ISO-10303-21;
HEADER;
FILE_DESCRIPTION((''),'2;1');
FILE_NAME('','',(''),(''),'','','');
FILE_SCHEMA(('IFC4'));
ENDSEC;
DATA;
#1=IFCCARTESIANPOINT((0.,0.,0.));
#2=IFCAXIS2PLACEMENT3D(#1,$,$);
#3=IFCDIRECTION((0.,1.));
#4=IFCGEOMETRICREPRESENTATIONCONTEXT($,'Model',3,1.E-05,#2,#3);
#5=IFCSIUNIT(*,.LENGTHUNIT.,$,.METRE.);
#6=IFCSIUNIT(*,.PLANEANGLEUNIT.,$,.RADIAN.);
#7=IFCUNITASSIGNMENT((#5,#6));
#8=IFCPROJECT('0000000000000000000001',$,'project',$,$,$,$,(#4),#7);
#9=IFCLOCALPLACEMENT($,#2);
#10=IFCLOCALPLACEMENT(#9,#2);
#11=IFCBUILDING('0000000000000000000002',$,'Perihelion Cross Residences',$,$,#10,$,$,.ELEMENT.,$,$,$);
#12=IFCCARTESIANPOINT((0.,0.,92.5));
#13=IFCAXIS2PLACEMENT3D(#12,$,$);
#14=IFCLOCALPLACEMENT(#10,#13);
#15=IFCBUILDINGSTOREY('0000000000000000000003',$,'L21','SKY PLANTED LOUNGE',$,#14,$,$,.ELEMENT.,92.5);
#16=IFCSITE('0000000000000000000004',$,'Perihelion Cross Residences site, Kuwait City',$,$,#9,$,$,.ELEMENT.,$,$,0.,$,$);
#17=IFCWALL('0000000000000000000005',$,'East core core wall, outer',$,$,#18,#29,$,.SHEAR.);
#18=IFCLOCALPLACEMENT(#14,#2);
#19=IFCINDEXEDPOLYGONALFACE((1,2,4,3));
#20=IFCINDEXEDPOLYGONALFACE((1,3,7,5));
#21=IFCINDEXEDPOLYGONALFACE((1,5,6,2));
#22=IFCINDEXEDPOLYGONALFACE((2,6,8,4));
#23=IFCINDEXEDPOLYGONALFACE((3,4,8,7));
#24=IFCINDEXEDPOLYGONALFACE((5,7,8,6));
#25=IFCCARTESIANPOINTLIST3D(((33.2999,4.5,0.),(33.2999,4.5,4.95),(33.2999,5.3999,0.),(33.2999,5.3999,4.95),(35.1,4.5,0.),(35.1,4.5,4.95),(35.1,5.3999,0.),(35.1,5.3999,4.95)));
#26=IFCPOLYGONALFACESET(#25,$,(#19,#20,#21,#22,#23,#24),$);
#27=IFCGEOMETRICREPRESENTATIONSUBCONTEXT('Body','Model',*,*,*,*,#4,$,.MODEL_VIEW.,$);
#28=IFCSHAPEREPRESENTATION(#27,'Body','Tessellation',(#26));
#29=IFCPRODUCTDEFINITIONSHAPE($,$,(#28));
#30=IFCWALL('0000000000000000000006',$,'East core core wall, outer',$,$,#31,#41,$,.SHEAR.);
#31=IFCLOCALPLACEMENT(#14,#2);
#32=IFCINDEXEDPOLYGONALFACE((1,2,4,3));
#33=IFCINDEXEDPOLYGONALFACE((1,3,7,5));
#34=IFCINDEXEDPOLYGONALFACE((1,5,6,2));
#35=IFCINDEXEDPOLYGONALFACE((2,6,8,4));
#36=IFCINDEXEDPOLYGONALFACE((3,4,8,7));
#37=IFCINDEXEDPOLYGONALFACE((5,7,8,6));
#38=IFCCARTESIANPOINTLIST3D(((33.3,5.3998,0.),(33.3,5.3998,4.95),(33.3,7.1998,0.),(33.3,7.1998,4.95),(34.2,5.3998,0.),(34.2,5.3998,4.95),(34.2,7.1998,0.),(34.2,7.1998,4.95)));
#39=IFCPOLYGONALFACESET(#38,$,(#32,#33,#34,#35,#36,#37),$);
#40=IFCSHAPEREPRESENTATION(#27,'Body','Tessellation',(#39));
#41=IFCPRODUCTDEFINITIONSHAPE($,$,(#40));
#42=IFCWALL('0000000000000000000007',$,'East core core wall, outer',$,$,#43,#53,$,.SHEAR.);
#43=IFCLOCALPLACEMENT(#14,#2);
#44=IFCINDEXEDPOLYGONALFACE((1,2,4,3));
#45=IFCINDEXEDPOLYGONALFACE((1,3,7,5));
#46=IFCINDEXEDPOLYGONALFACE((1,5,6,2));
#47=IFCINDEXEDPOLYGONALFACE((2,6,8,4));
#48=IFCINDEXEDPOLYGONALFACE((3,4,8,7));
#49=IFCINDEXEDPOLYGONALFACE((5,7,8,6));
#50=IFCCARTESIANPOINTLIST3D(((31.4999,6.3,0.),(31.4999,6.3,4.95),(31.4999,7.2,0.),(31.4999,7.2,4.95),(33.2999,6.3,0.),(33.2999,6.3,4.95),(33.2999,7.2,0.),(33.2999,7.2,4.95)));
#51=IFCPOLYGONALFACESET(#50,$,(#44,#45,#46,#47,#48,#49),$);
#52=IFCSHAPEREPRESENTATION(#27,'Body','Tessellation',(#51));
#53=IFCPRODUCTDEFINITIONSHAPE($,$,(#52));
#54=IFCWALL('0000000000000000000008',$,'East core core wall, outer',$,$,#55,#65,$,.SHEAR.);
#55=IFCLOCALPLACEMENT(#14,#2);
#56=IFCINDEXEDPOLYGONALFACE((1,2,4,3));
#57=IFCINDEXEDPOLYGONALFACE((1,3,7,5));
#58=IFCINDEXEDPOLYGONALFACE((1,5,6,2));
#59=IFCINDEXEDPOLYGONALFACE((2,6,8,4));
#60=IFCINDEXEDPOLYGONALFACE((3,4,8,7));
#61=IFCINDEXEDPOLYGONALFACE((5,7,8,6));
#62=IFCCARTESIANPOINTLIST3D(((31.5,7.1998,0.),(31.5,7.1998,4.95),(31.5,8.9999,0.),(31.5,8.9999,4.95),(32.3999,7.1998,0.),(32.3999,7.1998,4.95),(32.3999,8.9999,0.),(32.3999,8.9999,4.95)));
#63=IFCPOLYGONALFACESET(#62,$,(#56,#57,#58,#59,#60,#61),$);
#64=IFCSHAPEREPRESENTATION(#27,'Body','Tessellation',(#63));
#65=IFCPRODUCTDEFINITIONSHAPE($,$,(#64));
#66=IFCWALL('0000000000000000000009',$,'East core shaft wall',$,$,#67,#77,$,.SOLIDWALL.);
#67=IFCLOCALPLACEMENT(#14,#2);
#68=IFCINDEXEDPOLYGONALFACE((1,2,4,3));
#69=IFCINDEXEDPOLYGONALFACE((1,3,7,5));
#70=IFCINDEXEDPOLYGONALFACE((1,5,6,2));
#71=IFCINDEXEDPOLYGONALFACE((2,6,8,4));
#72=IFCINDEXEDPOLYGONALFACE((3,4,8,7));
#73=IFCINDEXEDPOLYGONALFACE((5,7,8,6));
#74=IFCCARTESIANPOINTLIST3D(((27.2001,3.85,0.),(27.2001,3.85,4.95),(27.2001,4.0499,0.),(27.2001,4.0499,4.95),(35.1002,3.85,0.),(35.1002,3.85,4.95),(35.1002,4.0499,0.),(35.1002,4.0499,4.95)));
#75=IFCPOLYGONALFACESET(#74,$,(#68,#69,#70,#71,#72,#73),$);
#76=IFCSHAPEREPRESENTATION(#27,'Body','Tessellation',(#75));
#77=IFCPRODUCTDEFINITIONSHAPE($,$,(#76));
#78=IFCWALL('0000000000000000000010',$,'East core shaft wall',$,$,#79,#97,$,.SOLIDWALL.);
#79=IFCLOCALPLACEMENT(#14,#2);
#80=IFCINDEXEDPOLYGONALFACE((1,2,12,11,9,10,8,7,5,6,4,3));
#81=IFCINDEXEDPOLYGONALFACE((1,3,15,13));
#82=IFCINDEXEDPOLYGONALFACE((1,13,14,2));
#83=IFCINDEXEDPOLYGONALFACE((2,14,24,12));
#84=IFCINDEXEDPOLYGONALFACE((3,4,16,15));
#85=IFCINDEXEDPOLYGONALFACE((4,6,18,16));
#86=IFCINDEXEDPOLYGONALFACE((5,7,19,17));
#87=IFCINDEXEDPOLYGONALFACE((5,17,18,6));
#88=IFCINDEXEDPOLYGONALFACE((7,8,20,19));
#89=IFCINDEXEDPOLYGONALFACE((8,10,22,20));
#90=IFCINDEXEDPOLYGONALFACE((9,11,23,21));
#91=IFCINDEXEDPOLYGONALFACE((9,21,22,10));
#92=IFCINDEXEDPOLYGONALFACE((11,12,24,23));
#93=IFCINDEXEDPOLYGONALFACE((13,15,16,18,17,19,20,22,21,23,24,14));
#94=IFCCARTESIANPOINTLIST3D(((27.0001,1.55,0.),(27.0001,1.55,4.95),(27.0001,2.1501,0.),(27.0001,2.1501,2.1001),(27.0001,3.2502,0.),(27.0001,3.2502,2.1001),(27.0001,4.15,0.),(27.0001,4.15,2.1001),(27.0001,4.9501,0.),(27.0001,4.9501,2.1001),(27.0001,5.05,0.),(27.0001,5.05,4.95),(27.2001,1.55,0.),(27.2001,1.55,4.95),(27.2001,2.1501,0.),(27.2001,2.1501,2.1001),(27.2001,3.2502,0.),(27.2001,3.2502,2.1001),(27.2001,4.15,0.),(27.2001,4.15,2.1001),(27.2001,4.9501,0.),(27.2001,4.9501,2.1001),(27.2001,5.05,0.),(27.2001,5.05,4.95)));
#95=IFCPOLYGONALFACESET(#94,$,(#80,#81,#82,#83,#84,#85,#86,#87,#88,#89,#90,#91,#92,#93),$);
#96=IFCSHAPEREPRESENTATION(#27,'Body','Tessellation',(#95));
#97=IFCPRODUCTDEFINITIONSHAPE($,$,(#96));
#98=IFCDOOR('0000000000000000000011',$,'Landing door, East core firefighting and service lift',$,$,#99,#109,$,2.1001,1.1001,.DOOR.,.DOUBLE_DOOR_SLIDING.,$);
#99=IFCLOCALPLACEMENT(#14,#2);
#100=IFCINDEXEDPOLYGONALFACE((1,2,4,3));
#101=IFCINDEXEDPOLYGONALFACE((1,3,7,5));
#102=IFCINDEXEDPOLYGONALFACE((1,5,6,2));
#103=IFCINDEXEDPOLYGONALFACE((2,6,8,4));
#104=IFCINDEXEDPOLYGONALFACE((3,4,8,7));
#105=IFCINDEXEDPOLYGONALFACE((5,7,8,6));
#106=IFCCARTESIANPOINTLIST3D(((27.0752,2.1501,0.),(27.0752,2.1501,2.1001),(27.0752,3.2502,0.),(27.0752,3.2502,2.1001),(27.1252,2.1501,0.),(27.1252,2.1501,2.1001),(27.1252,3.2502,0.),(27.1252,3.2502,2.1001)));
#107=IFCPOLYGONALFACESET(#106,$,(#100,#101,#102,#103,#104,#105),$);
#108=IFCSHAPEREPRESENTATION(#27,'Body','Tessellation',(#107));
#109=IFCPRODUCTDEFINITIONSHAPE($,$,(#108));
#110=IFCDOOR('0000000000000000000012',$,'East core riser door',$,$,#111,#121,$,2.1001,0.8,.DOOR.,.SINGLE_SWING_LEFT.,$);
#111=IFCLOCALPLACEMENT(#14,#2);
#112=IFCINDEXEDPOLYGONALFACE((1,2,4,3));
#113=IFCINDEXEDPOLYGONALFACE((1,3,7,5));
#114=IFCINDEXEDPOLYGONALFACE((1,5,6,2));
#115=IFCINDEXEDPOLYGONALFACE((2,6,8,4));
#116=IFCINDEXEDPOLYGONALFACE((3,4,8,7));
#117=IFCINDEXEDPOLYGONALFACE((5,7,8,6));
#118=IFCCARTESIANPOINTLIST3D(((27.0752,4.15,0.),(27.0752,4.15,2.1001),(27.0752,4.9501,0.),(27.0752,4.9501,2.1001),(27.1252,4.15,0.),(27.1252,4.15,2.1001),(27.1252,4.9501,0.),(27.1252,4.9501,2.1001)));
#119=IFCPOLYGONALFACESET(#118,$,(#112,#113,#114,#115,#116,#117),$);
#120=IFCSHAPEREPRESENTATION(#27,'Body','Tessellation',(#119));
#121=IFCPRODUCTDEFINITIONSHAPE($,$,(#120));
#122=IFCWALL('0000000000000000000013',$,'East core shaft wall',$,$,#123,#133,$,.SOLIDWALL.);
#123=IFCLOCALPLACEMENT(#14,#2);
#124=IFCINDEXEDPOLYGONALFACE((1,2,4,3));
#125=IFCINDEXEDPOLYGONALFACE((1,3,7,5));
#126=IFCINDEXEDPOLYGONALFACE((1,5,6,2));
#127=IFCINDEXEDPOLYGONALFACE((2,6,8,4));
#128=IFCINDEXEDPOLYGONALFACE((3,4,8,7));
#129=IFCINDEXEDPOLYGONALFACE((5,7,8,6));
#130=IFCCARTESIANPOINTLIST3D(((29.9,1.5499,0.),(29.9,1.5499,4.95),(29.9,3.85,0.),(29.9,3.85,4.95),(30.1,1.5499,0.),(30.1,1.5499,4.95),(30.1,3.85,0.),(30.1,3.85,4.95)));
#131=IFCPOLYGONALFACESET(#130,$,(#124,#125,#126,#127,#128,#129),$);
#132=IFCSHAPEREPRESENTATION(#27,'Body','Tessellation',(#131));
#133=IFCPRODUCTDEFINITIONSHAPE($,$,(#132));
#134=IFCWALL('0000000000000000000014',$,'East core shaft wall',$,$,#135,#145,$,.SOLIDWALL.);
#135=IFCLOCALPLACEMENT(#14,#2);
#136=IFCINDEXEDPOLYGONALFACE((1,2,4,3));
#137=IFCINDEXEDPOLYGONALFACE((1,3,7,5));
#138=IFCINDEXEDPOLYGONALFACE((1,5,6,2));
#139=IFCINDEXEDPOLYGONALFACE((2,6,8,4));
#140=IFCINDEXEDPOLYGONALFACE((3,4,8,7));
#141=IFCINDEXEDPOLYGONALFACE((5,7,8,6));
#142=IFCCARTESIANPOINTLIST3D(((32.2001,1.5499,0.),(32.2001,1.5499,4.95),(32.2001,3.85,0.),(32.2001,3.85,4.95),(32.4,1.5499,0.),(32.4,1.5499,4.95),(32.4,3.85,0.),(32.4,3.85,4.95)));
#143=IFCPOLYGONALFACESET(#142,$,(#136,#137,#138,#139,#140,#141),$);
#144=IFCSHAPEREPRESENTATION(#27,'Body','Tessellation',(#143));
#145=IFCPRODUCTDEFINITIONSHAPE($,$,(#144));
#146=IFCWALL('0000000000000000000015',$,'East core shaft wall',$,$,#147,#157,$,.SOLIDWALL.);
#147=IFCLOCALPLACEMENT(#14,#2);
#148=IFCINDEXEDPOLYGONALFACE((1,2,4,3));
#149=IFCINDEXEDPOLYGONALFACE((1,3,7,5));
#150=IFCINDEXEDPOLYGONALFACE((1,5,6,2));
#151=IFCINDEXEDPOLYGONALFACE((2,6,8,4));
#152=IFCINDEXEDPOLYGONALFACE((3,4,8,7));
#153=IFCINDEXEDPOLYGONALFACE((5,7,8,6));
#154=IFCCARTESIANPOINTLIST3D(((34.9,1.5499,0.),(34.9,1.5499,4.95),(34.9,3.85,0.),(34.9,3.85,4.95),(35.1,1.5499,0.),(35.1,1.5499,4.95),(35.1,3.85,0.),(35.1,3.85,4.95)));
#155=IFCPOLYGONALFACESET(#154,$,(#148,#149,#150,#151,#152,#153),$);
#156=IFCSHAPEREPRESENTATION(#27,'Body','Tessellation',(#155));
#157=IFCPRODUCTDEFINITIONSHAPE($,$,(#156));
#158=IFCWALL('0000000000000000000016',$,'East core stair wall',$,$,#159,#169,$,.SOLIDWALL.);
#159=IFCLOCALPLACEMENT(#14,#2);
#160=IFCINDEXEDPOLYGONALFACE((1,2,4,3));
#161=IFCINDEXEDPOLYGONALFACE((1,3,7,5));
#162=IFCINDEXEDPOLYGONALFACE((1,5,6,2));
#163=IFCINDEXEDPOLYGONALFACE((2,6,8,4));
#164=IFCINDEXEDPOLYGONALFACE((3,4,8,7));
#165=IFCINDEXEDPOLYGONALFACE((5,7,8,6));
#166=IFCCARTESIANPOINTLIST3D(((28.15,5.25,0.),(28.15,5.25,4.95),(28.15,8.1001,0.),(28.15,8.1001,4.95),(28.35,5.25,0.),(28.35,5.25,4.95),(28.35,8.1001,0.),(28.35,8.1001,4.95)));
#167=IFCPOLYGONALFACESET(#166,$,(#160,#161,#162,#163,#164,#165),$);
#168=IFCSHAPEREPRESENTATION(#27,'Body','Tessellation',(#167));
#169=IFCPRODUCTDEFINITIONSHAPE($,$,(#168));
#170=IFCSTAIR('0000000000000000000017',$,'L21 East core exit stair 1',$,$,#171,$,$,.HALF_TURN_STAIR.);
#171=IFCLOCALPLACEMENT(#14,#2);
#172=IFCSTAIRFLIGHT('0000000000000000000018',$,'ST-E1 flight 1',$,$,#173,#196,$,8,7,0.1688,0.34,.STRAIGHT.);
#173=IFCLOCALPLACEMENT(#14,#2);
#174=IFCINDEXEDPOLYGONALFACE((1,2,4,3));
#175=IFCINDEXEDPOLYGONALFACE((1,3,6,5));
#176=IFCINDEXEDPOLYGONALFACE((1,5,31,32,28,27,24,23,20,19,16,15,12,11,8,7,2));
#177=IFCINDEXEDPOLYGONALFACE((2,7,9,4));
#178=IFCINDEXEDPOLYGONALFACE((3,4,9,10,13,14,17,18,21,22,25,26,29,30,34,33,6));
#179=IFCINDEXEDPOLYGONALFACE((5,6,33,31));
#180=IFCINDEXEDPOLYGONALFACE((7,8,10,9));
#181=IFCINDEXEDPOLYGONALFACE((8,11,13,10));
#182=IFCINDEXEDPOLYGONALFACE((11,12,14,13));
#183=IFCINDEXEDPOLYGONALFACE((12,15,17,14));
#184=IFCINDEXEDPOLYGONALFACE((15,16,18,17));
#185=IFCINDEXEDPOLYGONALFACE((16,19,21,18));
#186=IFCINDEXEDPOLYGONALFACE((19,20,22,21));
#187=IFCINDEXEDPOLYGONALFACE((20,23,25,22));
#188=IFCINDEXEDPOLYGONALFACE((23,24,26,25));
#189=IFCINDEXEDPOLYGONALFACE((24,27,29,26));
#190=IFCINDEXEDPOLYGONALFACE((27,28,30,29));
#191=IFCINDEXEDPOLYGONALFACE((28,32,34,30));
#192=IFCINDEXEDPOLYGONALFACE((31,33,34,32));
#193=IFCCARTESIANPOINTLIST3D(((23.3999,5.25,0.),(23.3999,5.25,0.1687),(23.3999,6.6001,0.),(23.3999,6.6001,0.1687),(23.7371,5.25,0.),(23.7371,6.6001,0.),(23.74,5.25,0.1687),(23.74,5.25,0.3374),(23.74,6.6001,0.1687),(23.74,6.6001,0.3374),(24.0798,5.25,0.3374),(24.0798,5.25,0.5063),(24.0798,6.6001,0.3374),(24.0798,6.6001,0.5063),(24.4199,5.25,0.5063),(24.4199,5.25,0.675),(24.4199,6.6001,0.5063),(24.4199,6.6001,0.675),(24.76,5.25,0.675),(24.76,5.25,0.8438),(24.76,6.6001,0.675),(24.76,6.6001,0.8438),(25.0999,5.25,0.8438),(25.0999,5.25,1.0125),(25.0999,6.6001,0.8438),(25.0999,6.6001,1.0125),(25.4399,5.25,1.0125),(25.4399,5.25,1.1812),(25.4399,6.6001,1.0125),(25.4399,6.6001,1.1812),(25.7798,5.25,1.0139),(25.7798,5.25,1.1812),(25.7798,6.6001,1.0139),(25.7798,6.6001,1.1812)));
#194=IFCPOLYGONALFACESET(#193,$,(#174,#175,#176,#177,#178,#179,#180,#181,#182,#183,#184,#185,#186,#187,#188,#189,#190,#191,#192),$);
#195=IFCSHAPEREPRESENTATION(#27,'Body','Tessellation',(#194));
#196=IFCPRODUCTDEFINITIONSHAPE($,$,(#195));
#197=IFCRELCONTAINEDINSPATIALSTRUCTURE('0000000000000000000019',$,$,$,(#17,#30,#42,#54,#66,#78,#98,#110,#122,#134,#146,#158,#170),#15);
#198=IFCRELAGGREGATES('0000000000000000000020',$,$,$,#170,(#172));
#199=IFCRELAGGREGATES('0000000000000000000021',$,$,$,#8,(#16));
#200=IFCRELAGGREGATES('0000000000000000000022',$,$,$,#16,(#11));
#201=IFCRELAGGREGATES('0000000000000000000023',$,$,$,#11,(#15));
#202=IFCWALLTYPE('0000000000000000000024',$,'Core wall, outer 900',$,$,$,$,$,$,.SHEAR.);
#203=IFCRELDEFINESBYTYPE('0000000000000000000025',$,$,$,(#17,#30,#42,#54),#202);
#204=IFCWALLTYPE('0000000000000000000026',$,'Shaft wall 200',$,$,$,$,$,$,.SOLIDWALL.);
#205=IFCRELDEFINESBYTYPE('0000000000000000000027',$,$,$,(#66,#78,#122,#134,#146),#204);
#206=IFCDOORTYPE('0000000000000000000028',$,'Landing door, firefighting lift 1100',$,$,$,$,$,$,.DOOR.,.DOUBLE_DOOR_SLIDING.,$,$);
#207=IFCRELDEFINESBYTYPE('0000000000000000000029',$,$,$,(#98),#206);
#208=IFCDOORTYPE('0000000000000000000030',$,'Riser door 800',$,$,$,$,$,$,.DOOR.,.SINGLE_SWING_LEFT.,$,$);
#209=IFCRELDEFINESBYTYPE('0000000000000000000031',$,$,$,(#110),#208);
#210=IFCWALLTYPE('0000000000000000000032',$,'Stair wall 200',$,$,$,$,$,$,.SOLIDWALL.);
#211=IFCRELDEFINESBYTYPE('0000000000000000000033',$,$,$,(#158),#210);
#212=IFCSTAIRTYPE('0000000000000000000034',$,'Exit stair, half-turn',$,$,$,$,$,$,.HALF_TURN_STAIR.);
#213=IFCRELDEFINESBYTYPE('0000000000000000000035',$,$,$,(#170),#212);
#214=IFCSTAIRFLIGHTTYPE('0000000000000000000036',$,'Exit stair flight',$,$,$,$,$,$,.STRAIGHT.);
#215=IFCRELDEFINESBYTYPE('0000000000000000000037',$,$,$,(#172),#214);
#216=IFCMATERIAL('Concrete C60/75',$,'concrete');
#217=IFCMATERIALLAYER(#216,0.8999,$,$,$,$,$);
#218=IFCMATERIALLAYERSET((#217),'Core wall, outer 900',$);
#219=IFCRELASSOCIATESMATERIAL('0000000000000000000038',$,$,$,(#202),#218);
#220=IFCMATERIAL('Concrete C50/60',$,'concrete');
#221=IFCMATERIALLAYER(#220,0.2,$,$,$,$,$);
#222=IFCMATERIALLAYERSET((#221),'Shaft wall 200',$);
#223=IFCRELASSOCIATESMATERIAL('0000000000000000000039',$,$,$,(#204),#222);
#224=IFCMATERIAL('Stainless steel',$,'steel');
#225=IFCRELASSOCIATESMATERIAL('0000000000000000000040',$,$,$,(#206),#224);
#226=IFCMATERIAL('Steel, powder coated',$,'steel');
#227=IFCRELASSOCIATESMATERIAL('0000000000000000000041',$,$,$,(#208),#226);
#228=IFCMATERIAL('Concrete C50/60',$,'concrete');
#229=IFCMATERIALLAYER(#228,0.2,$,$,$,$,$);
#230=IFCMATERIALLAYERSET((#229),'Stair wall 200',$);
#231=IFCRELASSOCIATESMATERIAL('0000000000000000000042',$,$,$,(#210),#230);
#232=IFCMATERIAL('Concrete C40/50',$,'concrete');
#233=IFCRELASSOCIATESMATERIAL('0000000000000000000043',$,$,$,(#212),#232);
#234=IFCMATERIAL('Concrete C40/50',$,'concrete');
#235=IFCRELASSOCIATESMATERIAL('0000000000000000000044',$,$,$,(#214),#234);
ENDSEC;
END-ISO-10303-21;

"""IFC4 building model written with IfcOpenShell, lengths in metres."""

from ifc_helpers import new_model, si_unit, direction, frame, frame_2d, origin, place, context, subcontext, project, spatial, polyline, rectangle, outline, extrude, material, layer, layer_set, type_object, element, fill, aggregate, save


model = new_model("IFC4")

# Units and contexts
model_context = context("Model", 3, precision=1e-05, world=origin(), true_north=direction((0.0, 1.0)))
body_context = subcontext(model_context, "Body", "Model", "MODEL_VIEW")
ifc_project = project(units=[si_unit("LENGTHUNIT", "METRE"), si_unit("PLANEANGLEUNIT", "RADIAN")], contexts=[model_context])

# Site, building, storey
site_placement = place(None, origin())
site = spatial("IfcSite", under=ifc_project, at=site_placement, Name="Perihelion Cross Residences site, Kuwait City", CompositionType="ELEMENT", RefElevation=0.0)
building_placement = place(site_placement, origin())
building = spatial("IfcBuilding", under=site, at=building_placement, Name="Perihelion Cross Residences", CompositionType="ELEMENT")
storey_placement = place(building_placement, frame((0.0, 0.0, 92.5)))
storey = spatial("IfcBuildingStorey", under=building, at=storey_placement, Name="L21", Description="SKY PLANTED LOUNGE", CompositionType="ELEMENT", Elevation=92.5)

# Walls
ifc_material_1 = material(Name="Concrete C60/75", Category="concrete")
ifc_layer_1 = layer(ifc_material_1, 0.8999)
ifc_layer_set_1 = layer_set([ifc_layer_1], Name="Core wall, outer 900")
wall_type_1 = type_object("IfcWallType", Name="Core wall, outer 900", PredefinedType="SHEAR", material=ifc_layer_set_1)
for number, where, z_axis, x_axis, name in (
    (1, (33.3, 4.95, 0.0), (0.0, 0.0, 1.0), (1.0, 0.0, 0.0), "East core core wall, outer"),
    (2, (33.75, 5.3999, 0.0), (0.0, 0.0, 1.0), (0.0, 1.0, 0.0), "East core core wall, outer"),
    (3, (31.5, 6.75, 0.0), (0.0, 0.0, 1.0), (1.0, 0.0, 0.0), "East core core wall, outer"),
    (4, (31.95, 7.2, 0.0), (0.0, 0.0, 1.0), (0.0, 1.0, 0.0), "East core core wall, outer"),
):
    element("IfcWall", number, at=place(storey_placement, frame(where, z_axis=z_axis, x_axis=x_axis)), inside=storey, type_object=wall_type_1, Name=name, PredefinedType="SHEAR", context=body_context, shape_type="SweptSolid", body=[
        extrude(rectangle(XDim=1.8, YDim=0.8999, at=frame_2d((0.8999, 0.0))), origin(), (0.0, 0.0, 1.0), 4.95),
    ])
ifc_material_2 = material(Name="Concrete C50/60", Category="concrete")
ifc_layer_2 = layer(ifc_material_2, 0.2)
ifc_layer_set_2 = layer_set([ifc_layer_2], Name="Shaft wall 200")
wall_type_2 = type_object("IfcWallType", Name="Shaft wall 200", PredefinedType="SOLIDWALL", material=ifc_layer_set_2)
wall_1_placement = place(storey_placement, frame((27.2, 3.95, 0.0), z_axis=(0.0, 0.0, 1.0), x_axis=(1.0, 0.0, 0.0)))
element("IfcWall", 5, at=wall_1_placement, inside=storey, type_object=wall_type_2, Name="East core shaft wall", PredefinedType="SOLIDWALL", context=body_context, shape_type="SweptSolid", body=[
    extrude(rectangle(XDim=7.9001, YDim=0.2, at=frame_2d((3.9502, 0.0))), origin(), (0.0, 0.0, 1.0), 4.95),
])

# Wall, openings, doors
wall_2_placement = place(storey_placement, frame((27.1001, 1.55, 0.0), z_axis=(0.0, 0.0, 1.0), x_axis=(0.0, 1.0, 0.0)))
wall_2 = element("IfcWall", 6, at=wall_2_placement, inside=storey, type_object=wall_type_2, Name="East core shaft wall", PredefinedType="SOLIDWALL", context=body_context, shape_type="SweptSolid", body=[
    extrude(rectangle(XDim=3.5, YDim=0.2, at=frame_2d((1.75, 0.0))), origin(), (0.0, 0.0, 1.0), 4.95),
])
opening_1_placement = place(wall_2_placement, frame((0.6001, 0.0, 0.0)))
opening_1 = element("IfcOpeningElement", 7, at=opening_1_placement, cuts=wall_2, PredefinedType="OPENING", context=body_context, shape_type="SweptSolid", body=[
    extrude(rectangle(XDim=1.1001, YDim=2.1001, at=frame_2d((0.55, 1.05))), frame((0.0, 0.1099, 0.0), z_axis=(0.0, -1.0, 0.0), x_axis=(1.0, 0.0, 0.0)), (0.0, 0.0, 1.0), 0.22),
])
opening_2_placement = place(wall_2_placement, frame((2.6001, 0.0, 0.0)))
opening_2 = element("IfcOpeningElement", 8, at=opening_2_placement, cuts=wall_2, PredefinedType="OPENING", context=body_context, shape_type="SweptSolid", body=[
    extrude(rectangle(XDim=0.8, YDim=2.1001, at=frame_2d((0.3999, 1.05))), frame((0.0, 0.1099, 0.0), z_axis=(0.0, -1.0, 0.0), x_axis=(1.0, 0.0, 0.0)), (0.0, 0.0, 1.0), 0.22),
])
ifc_material_3 = material(Name="Stainless steel", Category="steel")
door_type_1 = type_object("IfcDoorType", Name="Landing door, firefighting lift 1100", OperationType="DOUBLE_DOOR_SLIDING", PredefinedType="DOOR", material=ifc_material_3)
door_1_placement = place(opening_1_placement, origin())
door_1 = element("IfcDoor", 9, at=door_1_placement, inside=storey, type_object=door_type_1, Name="Landing door, East core firefighting and service lift", OperationType="DOUBLE_DOOR_SLIDING", OverallHeight=2.1001, OverallWidth=1.1001, PredefinedType="DOOR", context=body_context, shape_type="SweptSolid", body=[
    extrude(rectangle(XDim=1.1001, YDim=2.1001, at=frame_2d((0.55, 1.05))), frame((0.0, 0.0249, 0.0), z_axis=(0.0, -1.0, 0.0), x_axis=(1.0, 0.0, 0.0)), (0.0, 0.0, 1.0), 0.05),
])
fill(opening_1, door_1)
ifc_material_4 = material(Name="Steel, powder coated", Category="steel")
door_type_2 = type_object("IfcDoorType", Name="Riser door 800", OperationType="SINGLE_SWING_LEFT", PredefinedType="DOOR", material=ifc_material_4)
door_2_placement = place(opening_2_placement, origin())
door_2 = element("IfcDoor", 10, at=door_2_placement, inside=storey, type_object=door_type_2, Name="East core riser door", OperationType="SINGLE_SWING_LEFT", OverallHeight=2.1001, OverallWidth=0.8, PredefinedType="DOOR", context=body_context, shape_type="SweptSolid", body=[
    extrude(rectangle(XDim=0.8, YDim=2.1001, at=frame_2d((0.3999, 1.05))), frame((0.0, 0.0249, 0.0), z_axis=(0.0, -1.0, 0.0), x_axis=(1.0, 0.0, 0.0)), (0.0, 0.0, 1.0), 0.05),
])
fill(opening_2, door_2)

# Walls
for number, where, z_axis, x_axis, name in (
    (11, (30.0, 1.55, 0.0), (0.0, 0.0, 1.0), (0.0, 1.0, 0.0), "East core shaft wall"),
    (12, (32.3, 1.55, 0.0), (0.0, 0.0, 1.0), (0.0, 1.0, 0.0), "East core shaft wall"),
    (13, (35.0, 1.55, 0.0), (0.0, 0.0, 1.0), (0.0, 1.0, 0.0), "East core shaft wall"),
):
    element("IfcWall", number, at=place(storey_placement, frame(where, z_axis=z_axis, x_axis=x_axis)), inside=storey, type_object=wall_type_2, Name=name, PredefinedType="SOLIDWALL", context=body_context, shape_type="SweptSolid", body=[
        extrude(rectangle(XDim=2.3, YDim=0.2, at=frame_2d((1.1499, 0.0))), origin(), (0.0, 0.0, 1.0), 4.95),
    ])
ifc_material_5 = material(Name="Concrete C50/60", Category="concrete")
ifc_layer_3 = layer(ifc_material_5, 0.2)
ifc_layer_set_3 = layer_set([ifc_layer_3], Name="Stair wall 200")
wall_type_3 = type_object("IfcWallType", Name="Stair wall 200", PredefinedType="SOLIDWALL", material=ifc_layer_set_3)
wall_3_placement = place(storey_placement, frame((28.25, 5.25, 0.0), z_axis=(0.0, 0.0, 1.0), x_axis=(0.0, 1.0, 0.0)))
element("IfcWall", 14, at=wall_3_placement, inside=storey, type_object=wall_type_3, Name="East core stair wall", PredefinedType="SOLIDWALL", context=body_context, shape_type="SweptSolid", body=[
    extrude(rectangle(XDim=2.8501, YDim=0.2, at=frame_2d((1.425, 0.0))), origin(), (0.0, 0.0, 1.0), 4.95),
])

# Stair, stair flight
ifc_material_6 = material(Name="Concrete C40/50", Category="concrete")
stair_type = type_object("IfcStairType", Name="Exit stair, half-turn", PredefinedType="HALF_TURN_STAIR", material=ifc_material_6)
stair_placement = place(storey_placement, origin())
stair = element("IfcStair", 15, at=stair_placement, inside=storey, type_object=stair_type, Name="L21 East core exit stair 1", PredefinedType="HALF_TURN_STAIR")
ifc_material_7 = material(Name="Concrete C40/50", Category="concrete")
stair_flight_type = type_object("IfcStairFlightType", Name="Exit stair flight", PredefinedType="STRAIGHT", material=ifc_material_7)
stair_flight_1_placement = place(storey_placement, frame((23.3999, 5.925, 0.0), z_axis=(0.0, 0.0, 1.0), x_axis=(1.0, 0.0, 0.0)))
stair_flight_1 = element("IfcStairFlight", 16, at=stair_flight_1_placement, type_object=stair_flight_type, Name="ST-E1 flight 1", NumberOfRisers=8, NumberOfTreads=7, PredefinedType="STRAIGHT", RiserHeight=0.1688, TreadLength=0.34, context=body_context, shape_type="SweptSolid", body=[
    extrude(outline(polyline([(0.0, 0.0), (0.0, 0.1687), (0.3401, 0.1687), (0.3401, 0.3374), (0.6799, 0.3374), (0.6799, 0.5063), (1.02, 0.5063), (1.02, 0.675), (1.3601, 0.675), (1.3601, 0.8438), (1.7, 0.8438), (1.7, 1.0125), (2.04, 1.0125), (2.04, 1.1812), (2.3799, 1.1812), (2.3799, 1.3501), (2.3799, 1.0139), (0.3372, 0.0), (0.0, 0.0)])), frame((0.0, 0.675, 0.0), z_axis=(0.0, -1.0, 0.0), x_axis=(1.0, 0.0, 0.0)), (0.0, 0.0, 1.0), 1.3501),
])
aggregate(stair, [stair_flight_1])

save(model, "model.ifc")
